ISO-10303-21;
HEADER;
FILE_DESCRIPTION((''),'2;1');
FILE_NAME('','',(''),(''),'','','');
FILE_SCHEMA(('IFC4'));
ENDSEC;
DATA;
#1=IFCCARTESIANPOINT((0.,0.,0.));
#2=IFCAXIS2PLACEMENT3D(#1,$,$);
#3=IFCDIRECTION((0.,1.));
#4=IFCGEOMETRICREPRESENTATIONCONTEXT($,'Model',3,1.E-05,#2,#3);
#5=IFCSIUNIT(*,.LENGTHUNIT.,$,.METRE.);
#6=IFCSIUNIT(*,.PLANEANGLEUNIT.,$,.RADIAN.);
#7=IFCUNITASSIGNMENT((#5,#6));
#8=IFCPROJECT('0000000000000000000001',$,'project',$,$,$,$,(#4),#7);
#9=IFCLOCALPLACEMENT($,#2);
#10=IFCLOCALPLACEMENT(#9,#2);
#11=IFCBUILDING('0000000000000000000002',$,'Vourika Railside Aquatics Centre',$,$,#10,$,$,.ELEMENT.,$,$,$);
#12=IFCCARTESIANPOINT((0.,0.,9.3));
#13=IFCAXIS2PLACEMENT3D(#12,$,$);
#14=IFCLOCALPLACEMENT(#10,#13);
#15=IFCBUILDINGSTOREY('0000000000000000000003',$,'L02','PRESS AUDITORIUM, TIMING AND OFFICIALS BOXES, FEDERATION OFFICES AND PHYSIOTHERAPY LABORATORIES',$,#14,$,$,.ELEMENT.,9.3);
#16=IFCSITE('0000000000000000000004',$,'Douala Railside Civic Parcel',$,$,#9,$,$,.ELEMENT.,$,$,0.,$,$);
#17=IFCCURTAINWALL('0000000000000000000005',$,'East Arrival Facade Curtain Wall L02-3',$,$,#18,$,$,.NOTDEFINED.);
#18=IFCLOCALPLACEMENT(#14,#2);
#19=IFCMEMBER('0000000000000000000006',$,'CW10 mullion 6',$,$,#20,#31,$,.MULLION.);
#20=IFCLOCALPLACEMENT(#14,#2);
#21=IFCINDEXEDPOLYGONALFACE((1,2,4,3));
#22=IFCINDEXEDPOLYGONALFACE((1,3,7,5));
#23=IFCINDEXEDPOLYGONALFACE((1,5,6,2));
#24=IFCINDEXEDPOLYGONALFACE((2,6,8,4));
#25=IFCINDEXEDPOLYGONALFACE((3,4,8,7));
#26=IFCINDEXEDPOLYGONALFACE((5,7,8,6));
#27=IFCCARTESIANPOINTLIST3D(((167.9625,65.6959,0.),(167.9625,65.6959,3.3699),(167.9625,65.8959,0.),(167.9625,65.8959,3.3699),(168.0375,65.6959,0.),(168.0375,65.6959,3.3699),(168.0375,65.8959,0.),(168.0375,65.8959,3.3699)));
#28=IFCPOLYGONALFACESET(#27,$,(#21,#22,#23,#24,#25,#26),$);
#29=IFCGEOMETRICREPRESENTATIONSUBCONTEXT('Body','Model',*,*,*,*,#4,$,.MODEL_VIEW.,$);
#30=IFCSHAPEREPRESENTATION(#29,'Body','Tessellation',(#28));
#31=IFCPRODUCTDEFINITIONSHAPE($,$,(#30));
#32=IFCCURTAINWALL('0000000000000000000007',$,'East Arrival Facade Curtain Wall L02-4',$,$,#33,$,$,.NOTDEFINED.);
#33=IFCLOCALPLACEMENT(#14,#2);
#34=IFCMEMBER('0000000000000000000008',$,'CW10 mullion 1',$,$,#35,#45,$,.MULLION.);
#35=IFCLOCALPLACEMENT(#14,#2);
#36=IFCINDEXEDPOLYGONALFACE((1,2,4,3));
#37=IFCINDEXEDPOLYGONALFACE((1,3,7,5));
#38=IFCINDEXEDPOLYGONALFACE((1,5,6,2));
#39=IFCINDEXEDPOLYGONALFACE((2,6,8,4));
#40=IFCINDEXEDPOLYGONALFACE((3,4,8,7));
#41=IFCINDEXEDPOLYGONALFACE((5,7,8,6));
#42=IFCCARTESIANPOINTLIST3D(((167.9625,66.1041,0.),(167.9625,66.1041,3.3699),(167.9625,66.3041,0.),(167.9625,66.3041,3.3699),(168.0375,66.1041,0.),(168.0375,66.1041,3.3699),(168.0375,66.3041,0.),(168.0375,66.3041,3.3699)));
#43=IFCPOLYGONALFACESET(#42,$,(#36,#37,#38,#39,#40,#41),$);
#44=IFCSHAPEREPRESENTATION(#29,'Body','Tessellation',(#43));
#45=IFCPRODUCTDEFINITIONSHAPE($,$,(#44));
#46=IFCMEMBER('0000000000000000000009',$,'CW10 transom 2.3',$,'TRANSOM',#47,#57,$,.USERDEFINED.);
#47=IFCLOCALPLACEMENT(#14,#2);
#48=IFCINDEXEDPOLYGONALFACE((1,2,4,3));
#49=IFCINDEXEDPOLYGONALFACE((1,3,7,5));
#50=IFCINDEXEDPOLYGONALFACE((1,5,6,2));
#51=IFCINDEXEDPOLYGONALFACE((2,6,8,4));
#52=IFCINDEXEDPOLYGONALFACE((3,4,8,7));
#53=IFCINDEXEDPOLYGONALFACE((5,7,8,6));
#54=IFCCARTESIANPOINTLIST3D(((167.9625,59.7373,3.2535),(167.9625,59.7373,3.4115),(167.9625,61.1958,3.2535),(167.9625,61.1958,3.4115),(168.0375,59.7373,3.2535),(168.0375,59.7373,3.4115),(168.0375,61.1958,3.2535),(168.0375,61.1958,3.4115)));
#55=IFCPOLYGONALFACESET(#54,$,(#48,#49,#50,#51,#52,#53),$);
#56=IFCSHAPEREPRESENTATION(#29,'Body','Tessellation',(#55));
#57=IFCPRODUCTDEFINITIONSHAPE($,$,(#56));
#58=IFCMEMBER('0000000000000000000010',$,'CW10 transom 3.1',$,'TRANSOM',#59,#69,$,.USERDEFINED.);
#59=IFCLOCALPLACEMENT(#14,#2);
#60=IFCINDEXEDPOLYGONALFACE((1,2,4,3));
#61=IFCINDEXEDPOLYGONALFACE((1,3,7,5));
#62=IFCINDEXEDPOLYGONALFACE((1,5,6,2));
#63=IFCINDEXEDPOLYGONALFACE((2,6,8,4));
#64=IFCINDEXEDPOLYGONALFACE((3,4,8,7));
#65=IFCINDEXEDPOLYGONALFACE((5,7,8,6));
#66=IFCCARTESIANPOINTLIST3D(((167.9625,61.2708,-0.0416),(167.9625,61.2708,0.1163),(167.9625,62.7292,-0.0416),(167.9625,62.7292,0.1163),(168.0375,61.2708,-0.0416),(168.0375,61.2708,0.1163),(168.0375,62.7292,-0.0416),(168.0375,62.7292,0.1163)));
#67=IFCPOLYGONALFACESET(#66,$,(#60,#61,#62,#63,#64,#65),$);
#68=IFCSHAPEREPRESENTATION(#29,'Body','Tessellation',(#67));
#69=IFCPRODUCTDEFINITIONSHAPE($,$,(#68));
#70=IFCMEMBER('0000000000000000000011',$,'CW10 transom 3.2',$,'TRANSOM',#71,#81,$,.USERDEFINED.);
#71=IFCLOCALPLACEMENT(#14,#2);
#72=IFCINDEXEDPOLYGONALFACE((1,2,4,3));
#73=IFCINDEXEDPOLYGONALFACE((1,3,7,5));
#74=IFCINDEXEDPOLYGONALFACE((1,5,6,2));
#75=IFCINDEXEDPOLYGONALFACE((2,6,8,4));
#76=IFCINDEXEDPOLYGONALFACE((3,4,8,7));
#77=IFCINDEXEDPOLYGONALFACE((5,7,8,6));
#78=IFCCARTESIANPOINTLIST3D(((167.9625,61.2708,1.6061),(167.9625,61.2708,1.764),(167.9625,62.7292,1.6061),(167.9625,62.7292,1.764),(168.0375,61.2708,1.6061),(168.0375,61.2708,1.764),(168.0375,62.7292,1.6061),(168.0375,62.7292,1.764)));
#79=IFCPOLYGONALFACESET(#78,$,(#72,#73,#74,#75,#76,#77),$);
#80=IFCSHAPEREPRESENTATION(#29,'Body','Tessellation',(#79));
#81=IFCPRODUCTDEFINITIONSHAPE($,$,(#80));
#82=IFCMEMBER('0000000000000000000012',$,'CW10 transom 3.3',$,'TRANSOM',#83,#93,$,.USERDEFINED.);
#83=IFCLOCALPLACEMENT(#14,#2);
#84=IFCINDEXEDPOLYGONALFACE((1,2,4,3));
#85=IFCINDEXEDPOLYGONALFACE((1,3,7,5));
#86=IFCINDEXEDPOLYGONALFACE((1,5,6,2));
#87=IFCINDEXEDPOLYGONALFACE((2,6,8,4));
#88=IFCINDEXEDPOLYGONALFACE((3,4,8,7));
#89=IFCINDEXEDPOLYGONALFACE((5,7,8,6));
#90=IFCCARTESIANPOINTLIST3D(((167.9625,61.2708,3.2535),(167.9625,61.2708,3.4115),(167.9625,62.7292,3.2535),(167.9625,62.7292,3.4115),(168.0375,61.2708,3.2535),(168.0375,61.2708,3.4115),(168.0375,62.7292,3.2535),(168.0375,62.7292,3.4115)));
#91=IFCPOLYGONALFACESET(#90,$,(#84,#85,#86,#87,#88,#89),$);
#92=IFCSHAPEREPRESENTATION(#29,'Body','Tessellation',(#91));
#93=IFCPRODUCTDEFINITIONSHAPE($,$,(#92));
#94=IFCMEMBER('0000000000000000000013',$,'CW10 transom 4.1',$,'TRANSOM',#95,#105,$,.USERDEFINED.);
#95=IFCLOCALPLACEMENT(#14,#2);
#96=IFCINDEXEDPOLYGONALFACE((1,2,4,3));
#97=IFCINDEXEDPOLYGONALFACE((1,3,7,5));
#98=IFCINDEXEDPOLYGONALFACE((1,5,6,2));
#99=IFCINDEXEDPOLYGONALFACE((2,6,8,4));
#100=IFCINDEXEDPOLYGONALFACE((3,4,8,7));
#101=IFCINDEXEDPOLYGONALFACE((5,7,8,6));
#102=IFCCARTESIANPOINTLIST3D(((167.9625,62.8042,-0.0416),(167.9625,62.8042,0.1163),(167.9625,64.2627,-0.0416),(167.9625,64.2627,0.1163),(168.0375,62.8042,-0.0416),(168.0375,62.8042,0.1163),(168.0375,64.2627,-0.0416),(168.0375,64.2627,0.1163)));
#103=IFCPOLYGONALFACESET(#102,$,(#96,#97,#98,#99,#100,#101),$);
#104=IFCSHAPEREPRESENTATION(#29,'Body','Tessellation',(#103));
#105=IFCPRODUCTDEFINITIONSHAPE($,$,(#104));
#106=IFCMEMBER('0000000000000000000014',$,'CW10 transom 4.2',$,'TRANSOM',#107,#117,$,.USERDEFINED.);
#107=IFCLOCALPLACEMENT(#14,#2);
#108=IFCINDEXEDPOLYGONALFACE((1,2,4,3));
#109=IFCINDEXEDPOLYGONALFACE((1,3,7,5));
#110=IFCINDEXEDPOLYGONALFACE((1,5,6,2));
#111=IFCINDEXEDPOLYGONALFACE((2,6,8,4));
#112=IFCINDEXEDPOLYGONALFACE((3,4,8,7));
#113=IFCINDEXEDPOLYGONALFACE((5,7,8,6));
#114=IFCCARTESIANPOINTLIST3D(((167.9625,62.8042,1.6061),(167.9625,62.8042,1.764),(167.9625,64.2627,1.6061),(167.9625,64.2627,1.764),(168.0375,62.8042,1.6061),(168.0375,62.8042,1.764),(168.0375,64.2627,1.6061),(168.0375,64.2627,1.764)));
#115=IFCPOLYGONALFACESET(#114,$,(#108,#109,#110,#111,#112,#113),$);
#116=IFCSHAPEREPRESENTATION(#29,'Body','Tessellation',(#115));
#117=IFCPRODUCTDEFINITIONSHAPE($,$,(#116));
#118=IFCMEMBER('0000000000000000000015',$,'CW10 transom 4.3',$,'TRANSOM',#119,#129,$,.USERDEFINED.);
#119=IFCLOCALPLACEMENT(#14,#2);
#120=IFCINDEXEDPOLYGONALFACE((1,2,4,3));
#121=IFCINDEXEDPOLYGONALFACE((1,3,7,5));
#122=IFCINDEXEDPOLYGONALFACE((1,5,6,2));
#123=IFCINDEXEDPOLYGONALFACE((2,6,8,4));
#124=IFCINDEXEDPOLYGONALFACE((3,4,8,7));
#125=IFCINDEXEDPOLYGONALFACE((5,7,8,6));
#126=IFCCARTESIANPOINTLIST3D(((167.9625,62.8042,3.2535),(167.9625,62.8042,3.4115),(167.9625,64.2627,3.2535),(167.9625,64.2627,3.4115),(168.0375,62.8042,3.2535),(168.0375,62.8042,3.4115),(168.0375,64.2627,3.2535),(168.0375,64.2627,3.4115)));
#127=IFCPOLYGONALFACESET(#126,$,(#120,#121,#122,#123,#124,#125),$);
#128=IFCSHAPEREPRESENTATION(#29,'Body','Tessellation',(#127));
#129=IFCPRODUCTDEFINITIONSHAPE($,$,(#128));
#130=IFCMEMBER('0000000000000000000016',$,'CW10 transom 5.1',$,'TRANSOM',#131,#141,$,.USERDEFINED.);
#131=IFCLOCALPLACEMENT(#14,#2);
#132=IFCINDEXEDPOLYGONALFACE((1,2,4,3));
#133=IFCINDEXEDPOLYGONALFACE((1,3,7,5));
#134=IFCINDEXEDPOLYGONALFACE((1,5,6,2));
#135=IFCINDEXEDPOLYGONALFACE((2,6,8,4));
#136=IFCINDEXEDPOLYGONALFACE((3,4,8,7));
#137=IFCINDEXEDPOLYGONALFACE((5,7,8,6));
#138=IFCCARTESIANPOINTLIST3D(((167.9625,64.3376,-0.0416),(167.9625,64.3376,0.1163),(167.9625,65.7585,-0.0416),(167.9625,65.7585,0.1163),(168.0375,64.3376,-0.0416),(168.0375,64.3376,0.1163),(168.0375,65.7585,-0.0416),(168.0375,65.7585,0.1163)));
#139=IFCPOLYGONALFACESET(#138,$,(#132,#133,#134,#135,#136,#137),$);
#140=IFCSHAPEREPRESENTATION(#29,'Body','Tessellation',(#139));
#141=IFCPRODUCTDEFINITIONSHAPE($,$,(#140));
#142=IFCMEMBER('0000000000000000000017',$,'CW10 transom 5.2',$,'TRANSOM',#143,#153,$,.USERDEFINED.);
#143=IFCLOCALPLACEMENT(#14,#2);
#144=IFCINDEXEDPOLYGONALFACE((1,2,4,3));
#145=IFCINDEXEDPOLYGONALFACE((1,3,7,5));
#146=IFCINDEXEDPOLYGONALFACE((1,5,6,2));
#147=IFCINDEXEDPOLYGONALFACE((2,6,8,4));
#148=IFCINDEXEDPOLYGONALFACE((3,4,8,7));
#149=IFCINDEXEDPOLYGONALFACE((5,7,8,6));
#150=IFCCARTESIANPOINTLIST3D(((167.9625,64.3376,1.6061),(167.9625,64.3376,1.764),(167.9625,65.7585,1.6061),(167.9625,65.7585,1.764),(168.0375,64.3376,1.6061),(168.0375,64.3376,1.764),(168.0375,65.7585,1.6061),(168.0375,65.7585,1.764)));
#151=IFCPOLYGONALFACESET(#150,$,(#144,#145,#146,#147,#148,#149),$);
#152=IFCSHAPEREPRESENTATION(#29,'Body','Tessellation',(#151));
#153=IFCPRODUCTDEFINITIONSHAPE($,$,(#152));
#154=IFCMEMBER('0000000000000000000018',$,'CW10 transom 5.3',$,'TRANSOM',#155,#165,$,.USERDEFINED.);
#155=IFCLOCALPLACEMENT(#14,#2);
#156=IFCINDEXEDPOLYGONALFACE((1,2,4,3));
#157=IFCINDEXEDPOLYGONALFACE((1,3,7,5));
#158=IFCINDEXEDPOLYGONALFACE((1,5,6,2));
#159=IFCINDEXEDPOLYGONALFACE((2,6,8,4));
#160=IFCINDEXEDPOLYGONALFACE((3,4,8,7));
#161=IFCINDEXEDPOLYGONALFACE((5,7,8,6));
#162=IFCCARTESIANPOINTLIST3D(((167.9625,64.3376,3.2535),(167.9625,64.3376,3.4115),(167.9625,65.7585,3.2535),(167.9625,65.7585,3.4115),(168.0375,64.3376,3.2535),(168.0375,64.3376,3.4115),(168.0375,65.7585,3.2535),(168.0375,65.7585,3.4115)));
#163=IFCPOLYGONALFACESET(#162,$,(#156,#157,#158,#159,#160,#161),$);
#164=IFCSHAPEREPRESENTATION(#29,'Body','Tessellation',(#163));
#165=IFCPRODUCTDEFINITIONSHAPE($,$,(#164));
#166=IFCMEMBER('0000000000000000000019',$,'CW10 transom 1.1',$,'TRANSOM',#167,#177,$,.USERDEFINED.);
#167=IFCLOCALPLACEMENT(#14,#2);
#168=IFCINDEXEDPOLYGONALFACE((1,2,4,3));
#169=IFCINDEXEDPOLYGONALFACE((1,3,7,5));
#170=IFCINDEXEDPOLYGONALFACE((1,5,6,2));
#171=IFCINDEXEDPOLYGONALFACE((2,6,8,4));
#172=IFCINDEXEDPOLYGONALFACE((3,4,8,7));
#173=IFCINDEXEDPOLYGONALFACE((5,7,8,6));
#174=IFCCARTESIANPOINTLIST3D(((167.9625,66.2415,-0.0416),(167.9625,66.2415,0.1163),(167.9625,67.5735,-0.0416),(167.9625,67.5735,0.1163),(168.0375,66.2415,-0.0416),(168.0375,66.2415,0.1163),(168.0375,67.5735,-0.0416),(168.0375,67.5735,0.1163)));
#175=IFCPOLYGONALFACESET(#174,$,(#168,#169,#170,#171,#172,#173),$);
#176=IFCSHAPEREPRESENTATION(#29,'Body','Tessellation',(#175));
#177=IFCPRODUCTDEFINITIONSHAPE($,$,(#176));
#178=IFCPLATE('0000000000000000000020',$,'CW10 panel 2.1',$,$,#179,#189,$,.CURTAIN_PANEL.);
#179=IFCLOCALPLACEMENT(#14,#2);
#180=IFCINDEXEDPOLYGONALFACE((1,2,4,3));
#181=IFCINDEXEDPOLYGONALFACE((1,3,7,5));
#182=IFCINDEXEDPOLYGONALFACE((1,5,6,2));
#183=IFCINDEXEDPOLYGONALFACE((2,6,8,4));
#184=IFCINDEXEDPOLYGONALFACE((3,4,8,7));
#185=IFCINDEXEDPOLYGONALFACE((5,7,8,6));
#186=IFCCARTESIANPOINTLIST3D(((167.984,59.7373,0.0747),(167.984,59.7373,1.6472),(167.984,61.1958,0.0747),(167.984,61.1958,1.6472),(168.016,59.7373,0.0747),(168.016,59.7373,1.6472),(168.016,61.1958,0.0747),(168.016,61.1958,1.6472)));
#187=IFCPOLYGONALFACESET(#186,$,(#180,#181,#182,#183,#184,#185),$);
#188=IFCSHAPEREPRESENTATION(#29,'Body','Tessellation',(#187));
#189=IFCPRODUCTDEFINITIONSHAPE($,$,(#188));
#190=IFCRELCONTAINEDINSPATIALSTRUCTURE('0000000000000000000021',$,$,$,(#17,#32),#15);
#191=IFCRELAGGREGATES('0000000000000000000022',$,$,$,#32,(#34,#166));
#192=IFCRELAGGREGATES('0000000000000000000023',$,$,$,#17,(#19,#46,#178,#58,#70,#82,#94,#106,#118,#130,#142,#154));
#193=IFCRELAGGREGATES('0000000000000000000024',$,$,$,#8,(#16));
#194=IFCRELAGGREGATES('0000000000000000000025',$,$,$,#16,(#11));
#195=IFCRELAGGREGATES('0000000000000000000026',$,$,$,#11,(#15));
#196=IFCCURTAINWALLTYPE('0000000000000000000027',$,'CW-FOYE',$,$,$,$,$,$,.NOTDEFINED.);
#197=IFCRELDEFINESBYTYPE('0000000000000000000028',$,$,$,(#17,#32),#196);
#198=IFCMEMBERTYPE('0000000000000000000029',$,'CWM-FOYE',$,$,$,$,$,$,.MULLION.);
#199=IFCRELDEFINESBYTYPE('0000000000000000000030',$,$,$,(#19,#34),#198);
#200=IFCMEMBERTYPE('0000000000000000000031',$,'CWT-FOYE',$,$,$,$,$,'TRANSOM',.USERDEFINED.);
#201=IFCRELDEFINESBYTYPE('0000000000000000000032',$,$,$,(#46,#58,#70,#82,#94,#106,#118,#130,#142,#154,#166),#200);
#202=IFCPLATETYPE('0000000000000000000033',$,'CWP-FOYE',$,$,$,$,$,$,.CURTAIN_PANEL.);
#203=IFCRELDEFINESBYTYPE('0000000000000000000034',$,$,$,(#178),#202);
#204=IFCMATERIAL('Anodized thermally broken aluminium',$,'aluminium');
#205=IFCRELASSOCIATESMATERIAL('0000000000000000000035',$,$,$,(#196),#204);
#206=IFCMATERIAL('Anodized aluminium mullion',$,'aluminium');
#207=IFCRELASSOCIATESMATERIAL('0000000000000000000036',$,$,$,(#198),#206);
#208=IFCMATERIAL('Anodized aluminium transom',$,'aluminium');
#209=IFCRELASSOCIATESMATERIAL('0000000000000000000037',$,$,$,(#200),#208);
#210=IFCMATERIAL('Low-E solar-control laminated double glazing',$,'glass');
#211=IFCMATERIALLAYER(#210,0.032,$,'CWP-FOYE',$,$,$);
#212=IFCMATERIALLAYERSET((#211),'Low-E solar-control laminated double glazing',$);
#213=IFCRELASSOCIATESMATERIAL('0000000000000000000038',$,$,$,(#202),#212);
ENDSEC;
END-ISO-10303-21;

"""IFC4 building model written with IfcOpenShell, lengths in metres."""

from ifc_helpers import new_model, si_unit, direction, frame, origin, origin_2d, place, context, subcontext, project, spatial, rectangle, extrude, material, layer, layer_set, material_profile, profile_set, type_object, element, aggregate, save


model = new_model("IFC4")

# Units and contexts
model_context = context("Model", 3, precision=1e-05, world=origin(), true_north=direction((0.0, 1.0)))
body_context = subcontext(model_context, "Body", "Model", "MODEL_VIEW")
ifc_project = project(units=[si_unit("LENGTHUNIT", "METRE"), si_unit("PLANEANGLEUNIT", "RADIAN")], contexts=[model_context])

# Site, building, storey
site_placement = place(None, origin())
site = spatial("IfcSite", under=ifc_project, at=site_placement, Name="Douala Railside Civic Parcel", CompositionType="ELEMENT", RefElevation=0.0)
building_placement = place(site_placement, origin())
building = spatial("IfcBuilding", under=site, at=building_placement, Name="Vourika Railside Aquatics Centre", CompositionType="ELEMENT")
storey_placement = place(building_placement, frame((0.0, 0.0, 9.3)))
storey = spatial("IfcBuildingStorey", under=building, at=storey_placement, Name="L02", Description="PRESS AUDITORIUM, TIMING AND OFFICIALS BOXES, FEDERATION OFFICES AND PHYSIOTHERAPY LABORATORIES", CompositionType="ELEMENT", Elevation=9.3)

# Curtain wall, member
ifc_material_1 = material(Name="Anodized thermally broken aluminium", Category="aluminium")
curtain_wall_type = type_object("IfcCurtainWallType", Name="CW-FOYE", PredefinedType="NOTDEFINED", material=ifc_material_1)
curtain_wall_1_placement = place(storey_placement, origin())
curtain_wall_1 = element("IfcCurtainWall", 1, at=curtain_wall_1_placement, inside=storey, type_object=curtain_wall_type, Name="East Arrival Facade Curtain Wall L02-3", PredefinedType="NOTDEFINED")
ifc_material_2 = material(Name="Anodized aluminium mullion", Category="aluminium")
ifc_material_profile_1 = material_profile(ifc_material_2, rectangle(XDim=0.075, YDim=0.2, at=origin_2d()), Name="ALU-M 75x200")
ifc_profile_set_1 = profile_set([ifc_material_profile_1], Name="Anodized aluminium mullion")
member_type_1 = type_object("IfcMemberType", Name="CWM-FOYE", PredefinedType="MULLION", material=ifc_profile_set_1)
member_1_placement = place(storey_placement, frame((168.0, 65.7959, 0.0), z_axis=(0.0, 0.0, 1.0), x_axis=(-1.0, 0.0, 0.0)))
member_1 = element("IfcMember", 2, at=member_1_placement, type_object=member_type_1, Name="CW10 mullion 6", PredefinedType="MULLION", context=body_context, shape_type="SweptSolid", body=[
    extrude(rectangle(XDim=0.075, YDim=0.2, at=origin_2d()), origin(), (0.0, 0.0, 1.0), 3.3699),
])

# Curtain wall, member
curtain_wall_2_placement = place(storey_placement, origin())
curtain_wall_2 = element("IfcCurtainWall", 3, at=curtain_wall_2_placement, inside=storey, type_object=curtain_wall_type, Name="East Arrival Facade Curtain Wall L02-4", PredefinedType="NOTDEFINED")
member_2_placement = place(storey_placement, frame((168.0, 66.2041, 0.0), z_axis=(0.0, 0.0, 1.0), x_axis=(-1.0, 0.0, 0.0)))
member_2 = element("IfcMember", 4, at=member_2_placement, type_object=member_type_1, Name="CW10 mullion 1", PredefinedType="MULLION", context=body_context, shape_type="SweptSolid", body=[
    extrude(rectangle(XDim=0.075, YDim=0.2, at=origin_2d()), origin(), (0.0, 0.0, 1.0), 3.3699),
])

# Members
ifc_material_3 = material(Name="Anodized aluminium transom", Category="aluminium")
ifc_material_profile_2 = material_profile(ifc_material_3, rectangle(XDim=0.075, YDim=0.158, at=origin_2d()), Name="ALU-T 75x158")
ifc_profile_set_2 = profile_set([ifc_material_profile_2], Name="Anodized aluminium transom")
member_type_2 = type_object("IfcMemberType", Name="CWT-FOYE", ElementType="TRANSOM", PredefinedType="USERDEFINED", material=ifc_profile_set_2)
member_3_placement = place(storey_placement, frame((168.0, 59.7373, 3.3325), z_axis=(0.0, 1.0, 0.0), x_axis=(-1.0, 0.0, 0.0)))
member_3 = element("IfcMember", 5, at=member_3_placement, type_object=member_type_2, Name="CW10 transom 2.3", ObjectType="TRANSOM", PredefinedType="USERDEFINED", context=body_context, shape_type="SweptSolid", body=[
    extrude(rectangle(XDim=0.075, YDim=0.158, at=origin_2d()), origin(), (0.0, 0.0, 1.0), 1.4585),
])
member_4_placement = place(storey_placement, frame((168.0, 61.2708, 0.0374), z_axis=(0.0, 1.0, 0.0), x_axis=(-1.0, 0.0, 0.0)))
member_4 = element("IfcMember", 6, at=member_4_placement, type_object=member_type_2, Name="CW10 transom 3.1", ObjectType="TRANSOM", PredefinedType="USERDEFINED", context=body_context, shape_type="SweptSolid", body=[
    extrude(rectangle(XDim=0.075, YDim=0.158, at=origin_2d()), origin(), (0.0, 0.0, 1.0), 1.4585),
])
member_5_placement = place(storey_placement, frame((168.0, 61.2708, 1.6851), z_axis=(0.0, 1.0, 0.0), x_axis=(-1.0, 0.0, 0.0)))
member_5 = element("IfcMember", 7, at=member_5_placement, type_object=member_type_2, Name="CW10 transom 3.2", ObjectType="TRANSOM", PredefinedType="USERDEFINED", context=body_context, shape_type="SweptSolid", body=[
    extrude(rectangle(XDim=0.075, YDim=0.158, at=origin_2d()), origin(), (0.0, 0.0, 1.0), 1.4585),
])
member_6_placement = place(storey_placement, frame((168.0, 61.2708, 3.3325), z_axis=(0.0, 1.0, 0.0), x_axis=(-1.0, 0.0, 0.0)))
member_6 = element("IfcMember", 8, at=member_6_placement, type_object=member_type_2, Name="CW10 transom 3.3", ObjectType="TRANSOM", PredefinedType="USERDEFINED", context=body_context, shape_type="SweptSolid", body=[
    extrude(rectangle(XDim=0.075, YDim=0.158, at=origin_2d()), origin(), (0.0, 0.0, 1.0), 1.4585),
])
member_7_placement = place(storey_placement, frame((168.0, 62.8042, 0.0374), z_axis=(0.0, 1.0, 0.0), x_axis=(-1.0, 0.0, 0.0)))
member_7 = element("IfcMember", 9, at=member_7_placement, type_object=member_type_2, Name="CW10 transom 4.1", ObjectType="TRANSOM", PredefinedType="USERDEFINED", context=body_context, shape_type="SweptSolid", body=[
    extrude(rectangle(XDim=0.075, YDim=0.158, at=origin_2d()), origin(), (0.0, 0.0, 1.0), 1.4585),
])
member_8_placement = place(storey_placement, frame((168.0, 62.8042, 1.6851), z_axis=(0.0, 1.0, 0.0), x_axis=(-1.0, 0.0, 0.0)))
member_8 = element("IfcMember", 10, at=member_8_placement, type_object=member_type_2, Name="CW10 transom 4.2", ObjectType="TRANSOM", PredefinedType="USERDEFINED", context=body_context, shape_type="SweptSolid", body=[
    extrude(rectangle(XDim=0.075, YDim=0.158, at=origin_2d()), origin(), (0.0, 0.0, 1.0), 1.4585),
])
member_9_placement = place(storey_placement, frame((168.0, 62.8042, 3.3325), z_axis=(0.0, 1.0, 0.0), x_axis=(-1.0, 0.0, 0.0)))
member_9 = element("IfcMember", 11, at=member_9_placement, type_object=member_type_2, Name="CW10 transom 4.3", ObjectType="TRANSOM", PredefinedType="USERDEFINED", context=body_context, shape_type="SweptSolid", body=[
    extrude(rectangle(XDim=0.075, YDim=0.158, at=origin_2d()), origin(), (0.0, 0.0, 1.0), 1.4585),
])
member_10_placement = place(storey_placement, frame((168.0, 64.3376, 0.0374), z_axis=(0.0, 1.0, 0.0), x_axis=(-1.0, 0.0, 0.0)))
member_10 = element("IfcMember", 12, at=member_10_placement, type_object=member_type_2, Name="CW10 transom 5.1", ObjectType="TRANSOM", PredefinedType="USERDEFINED", context=body_context, shape_type="SweptSolid", body=[
    extrude(rectangle(XDim=0.075, YDim=0.158, at=origin_2d()), origin(), (0.0, 0.0, 1.0), 1.4209),
])
member_11_placement = place(storey_placement, frame((168.0, 64.3376, 1.6851), z_axis=(0.0, 1.0, 0.0), x_axis=(-1.0, 0.0, 0.0)))
member_11 = element("IfcMember", 13, at=member_11_placement, type_object=member_type_2, Name="CW10 transom 5.2", ObjectType="TRANSOM", PredefinedType="USERDEFINED", context=body_context, shape_type="SweptSolid", body=[
    extrude(rectangle(XDim=0.075, YDim=0.158, at=origin_2d()), origin(), (0.0, 0.0, 1.0), 1.4209),
])
member_12_placement = place(storey_placement, frame((168.0, 64.3376, 3.3325), z_axis=(0.0, 1.0, 0.0), x_axis=(-1.0, 0.0, 0.0)))
member_12 = element("IfcMember", 14, at=member_12_placement, type_object=member_type_2, Name="CW10 transom 5.3", ObjectType="TRANSOM", PredefinedType="USERDEFINED", context=body_context, shape_type="SweptSolid", body=[
    extrude(rectangle(XDim=0.075, YDim=0.158, at=origin_2d()), origin(), (0.0, 0.0, 1.0), 1.4209),
])
member_13_placement = place(storey_placement, frame((168.0, 66.2415, 0.0374), z_axis=(0.0, 1.0, 0.0), x_axis=(-1.0, 0.0, 0.0)))
member_13 = element("IfcMember", 15, at=member_13_placement, type_object=member_type_2, Name="CW10 transom 1.1", ObjectType="TRANSOM", PredefinedType="USERDEFINED", context=body_context, shape_type="SweptSolid", body=[
    extrude(rectangle(XDim=0.075, YDim=0.158, at=origin_2d()), origin(), (0.0, 0.0, 1.0), 1.332),
])
aggregate(curtain_wall_2, [member_2, member_13])

# Plate
ifc_material_4 = material(Name="Low-E solar-control laminated double glazing", Category="glass")
ifc_layer_1 = layer(ifc_material_4, 0.032, Name="CWP-FOYE")
ifc_layer_set_1 = layer_set([ifc_layer_1], Name="Low-E solar-control laminated double glazing")
plate_type_1 = type_object("IfcPlateType", Name="CWP-FOYE", PredefinedType="CURTAIN_PANEL", material=ifc_layer_set_1)
plate_1_placement = place(storey_placement, frame((168.0, 60.4666, 0.0747), z_axis=(0.0, 0.0, 1.0), x_axis=(0.0, 1.0, 0.0)))
plate_1 = element("IfcPlate", 16, at=plate_1_placement, type_object=plate_type_1, Name="CW10 panel 2.1", PredefinedType="CURTAIN_PANEL", context=body_context, shape_type="SweptSolid", body=[
    extrude(rectangle(XDim=1.4585, YDim=0.032, at=origin_2d()), origin(), (0.0, 0.0, 1.0), 1.5725),
])
aggregate(curtain_wall_1, [member_1, member_3, plate_1, member_4, member_5, member_6, member_7, member_8, member_9, member_10, member_11, member_12])

save(model, "model.ifc")
